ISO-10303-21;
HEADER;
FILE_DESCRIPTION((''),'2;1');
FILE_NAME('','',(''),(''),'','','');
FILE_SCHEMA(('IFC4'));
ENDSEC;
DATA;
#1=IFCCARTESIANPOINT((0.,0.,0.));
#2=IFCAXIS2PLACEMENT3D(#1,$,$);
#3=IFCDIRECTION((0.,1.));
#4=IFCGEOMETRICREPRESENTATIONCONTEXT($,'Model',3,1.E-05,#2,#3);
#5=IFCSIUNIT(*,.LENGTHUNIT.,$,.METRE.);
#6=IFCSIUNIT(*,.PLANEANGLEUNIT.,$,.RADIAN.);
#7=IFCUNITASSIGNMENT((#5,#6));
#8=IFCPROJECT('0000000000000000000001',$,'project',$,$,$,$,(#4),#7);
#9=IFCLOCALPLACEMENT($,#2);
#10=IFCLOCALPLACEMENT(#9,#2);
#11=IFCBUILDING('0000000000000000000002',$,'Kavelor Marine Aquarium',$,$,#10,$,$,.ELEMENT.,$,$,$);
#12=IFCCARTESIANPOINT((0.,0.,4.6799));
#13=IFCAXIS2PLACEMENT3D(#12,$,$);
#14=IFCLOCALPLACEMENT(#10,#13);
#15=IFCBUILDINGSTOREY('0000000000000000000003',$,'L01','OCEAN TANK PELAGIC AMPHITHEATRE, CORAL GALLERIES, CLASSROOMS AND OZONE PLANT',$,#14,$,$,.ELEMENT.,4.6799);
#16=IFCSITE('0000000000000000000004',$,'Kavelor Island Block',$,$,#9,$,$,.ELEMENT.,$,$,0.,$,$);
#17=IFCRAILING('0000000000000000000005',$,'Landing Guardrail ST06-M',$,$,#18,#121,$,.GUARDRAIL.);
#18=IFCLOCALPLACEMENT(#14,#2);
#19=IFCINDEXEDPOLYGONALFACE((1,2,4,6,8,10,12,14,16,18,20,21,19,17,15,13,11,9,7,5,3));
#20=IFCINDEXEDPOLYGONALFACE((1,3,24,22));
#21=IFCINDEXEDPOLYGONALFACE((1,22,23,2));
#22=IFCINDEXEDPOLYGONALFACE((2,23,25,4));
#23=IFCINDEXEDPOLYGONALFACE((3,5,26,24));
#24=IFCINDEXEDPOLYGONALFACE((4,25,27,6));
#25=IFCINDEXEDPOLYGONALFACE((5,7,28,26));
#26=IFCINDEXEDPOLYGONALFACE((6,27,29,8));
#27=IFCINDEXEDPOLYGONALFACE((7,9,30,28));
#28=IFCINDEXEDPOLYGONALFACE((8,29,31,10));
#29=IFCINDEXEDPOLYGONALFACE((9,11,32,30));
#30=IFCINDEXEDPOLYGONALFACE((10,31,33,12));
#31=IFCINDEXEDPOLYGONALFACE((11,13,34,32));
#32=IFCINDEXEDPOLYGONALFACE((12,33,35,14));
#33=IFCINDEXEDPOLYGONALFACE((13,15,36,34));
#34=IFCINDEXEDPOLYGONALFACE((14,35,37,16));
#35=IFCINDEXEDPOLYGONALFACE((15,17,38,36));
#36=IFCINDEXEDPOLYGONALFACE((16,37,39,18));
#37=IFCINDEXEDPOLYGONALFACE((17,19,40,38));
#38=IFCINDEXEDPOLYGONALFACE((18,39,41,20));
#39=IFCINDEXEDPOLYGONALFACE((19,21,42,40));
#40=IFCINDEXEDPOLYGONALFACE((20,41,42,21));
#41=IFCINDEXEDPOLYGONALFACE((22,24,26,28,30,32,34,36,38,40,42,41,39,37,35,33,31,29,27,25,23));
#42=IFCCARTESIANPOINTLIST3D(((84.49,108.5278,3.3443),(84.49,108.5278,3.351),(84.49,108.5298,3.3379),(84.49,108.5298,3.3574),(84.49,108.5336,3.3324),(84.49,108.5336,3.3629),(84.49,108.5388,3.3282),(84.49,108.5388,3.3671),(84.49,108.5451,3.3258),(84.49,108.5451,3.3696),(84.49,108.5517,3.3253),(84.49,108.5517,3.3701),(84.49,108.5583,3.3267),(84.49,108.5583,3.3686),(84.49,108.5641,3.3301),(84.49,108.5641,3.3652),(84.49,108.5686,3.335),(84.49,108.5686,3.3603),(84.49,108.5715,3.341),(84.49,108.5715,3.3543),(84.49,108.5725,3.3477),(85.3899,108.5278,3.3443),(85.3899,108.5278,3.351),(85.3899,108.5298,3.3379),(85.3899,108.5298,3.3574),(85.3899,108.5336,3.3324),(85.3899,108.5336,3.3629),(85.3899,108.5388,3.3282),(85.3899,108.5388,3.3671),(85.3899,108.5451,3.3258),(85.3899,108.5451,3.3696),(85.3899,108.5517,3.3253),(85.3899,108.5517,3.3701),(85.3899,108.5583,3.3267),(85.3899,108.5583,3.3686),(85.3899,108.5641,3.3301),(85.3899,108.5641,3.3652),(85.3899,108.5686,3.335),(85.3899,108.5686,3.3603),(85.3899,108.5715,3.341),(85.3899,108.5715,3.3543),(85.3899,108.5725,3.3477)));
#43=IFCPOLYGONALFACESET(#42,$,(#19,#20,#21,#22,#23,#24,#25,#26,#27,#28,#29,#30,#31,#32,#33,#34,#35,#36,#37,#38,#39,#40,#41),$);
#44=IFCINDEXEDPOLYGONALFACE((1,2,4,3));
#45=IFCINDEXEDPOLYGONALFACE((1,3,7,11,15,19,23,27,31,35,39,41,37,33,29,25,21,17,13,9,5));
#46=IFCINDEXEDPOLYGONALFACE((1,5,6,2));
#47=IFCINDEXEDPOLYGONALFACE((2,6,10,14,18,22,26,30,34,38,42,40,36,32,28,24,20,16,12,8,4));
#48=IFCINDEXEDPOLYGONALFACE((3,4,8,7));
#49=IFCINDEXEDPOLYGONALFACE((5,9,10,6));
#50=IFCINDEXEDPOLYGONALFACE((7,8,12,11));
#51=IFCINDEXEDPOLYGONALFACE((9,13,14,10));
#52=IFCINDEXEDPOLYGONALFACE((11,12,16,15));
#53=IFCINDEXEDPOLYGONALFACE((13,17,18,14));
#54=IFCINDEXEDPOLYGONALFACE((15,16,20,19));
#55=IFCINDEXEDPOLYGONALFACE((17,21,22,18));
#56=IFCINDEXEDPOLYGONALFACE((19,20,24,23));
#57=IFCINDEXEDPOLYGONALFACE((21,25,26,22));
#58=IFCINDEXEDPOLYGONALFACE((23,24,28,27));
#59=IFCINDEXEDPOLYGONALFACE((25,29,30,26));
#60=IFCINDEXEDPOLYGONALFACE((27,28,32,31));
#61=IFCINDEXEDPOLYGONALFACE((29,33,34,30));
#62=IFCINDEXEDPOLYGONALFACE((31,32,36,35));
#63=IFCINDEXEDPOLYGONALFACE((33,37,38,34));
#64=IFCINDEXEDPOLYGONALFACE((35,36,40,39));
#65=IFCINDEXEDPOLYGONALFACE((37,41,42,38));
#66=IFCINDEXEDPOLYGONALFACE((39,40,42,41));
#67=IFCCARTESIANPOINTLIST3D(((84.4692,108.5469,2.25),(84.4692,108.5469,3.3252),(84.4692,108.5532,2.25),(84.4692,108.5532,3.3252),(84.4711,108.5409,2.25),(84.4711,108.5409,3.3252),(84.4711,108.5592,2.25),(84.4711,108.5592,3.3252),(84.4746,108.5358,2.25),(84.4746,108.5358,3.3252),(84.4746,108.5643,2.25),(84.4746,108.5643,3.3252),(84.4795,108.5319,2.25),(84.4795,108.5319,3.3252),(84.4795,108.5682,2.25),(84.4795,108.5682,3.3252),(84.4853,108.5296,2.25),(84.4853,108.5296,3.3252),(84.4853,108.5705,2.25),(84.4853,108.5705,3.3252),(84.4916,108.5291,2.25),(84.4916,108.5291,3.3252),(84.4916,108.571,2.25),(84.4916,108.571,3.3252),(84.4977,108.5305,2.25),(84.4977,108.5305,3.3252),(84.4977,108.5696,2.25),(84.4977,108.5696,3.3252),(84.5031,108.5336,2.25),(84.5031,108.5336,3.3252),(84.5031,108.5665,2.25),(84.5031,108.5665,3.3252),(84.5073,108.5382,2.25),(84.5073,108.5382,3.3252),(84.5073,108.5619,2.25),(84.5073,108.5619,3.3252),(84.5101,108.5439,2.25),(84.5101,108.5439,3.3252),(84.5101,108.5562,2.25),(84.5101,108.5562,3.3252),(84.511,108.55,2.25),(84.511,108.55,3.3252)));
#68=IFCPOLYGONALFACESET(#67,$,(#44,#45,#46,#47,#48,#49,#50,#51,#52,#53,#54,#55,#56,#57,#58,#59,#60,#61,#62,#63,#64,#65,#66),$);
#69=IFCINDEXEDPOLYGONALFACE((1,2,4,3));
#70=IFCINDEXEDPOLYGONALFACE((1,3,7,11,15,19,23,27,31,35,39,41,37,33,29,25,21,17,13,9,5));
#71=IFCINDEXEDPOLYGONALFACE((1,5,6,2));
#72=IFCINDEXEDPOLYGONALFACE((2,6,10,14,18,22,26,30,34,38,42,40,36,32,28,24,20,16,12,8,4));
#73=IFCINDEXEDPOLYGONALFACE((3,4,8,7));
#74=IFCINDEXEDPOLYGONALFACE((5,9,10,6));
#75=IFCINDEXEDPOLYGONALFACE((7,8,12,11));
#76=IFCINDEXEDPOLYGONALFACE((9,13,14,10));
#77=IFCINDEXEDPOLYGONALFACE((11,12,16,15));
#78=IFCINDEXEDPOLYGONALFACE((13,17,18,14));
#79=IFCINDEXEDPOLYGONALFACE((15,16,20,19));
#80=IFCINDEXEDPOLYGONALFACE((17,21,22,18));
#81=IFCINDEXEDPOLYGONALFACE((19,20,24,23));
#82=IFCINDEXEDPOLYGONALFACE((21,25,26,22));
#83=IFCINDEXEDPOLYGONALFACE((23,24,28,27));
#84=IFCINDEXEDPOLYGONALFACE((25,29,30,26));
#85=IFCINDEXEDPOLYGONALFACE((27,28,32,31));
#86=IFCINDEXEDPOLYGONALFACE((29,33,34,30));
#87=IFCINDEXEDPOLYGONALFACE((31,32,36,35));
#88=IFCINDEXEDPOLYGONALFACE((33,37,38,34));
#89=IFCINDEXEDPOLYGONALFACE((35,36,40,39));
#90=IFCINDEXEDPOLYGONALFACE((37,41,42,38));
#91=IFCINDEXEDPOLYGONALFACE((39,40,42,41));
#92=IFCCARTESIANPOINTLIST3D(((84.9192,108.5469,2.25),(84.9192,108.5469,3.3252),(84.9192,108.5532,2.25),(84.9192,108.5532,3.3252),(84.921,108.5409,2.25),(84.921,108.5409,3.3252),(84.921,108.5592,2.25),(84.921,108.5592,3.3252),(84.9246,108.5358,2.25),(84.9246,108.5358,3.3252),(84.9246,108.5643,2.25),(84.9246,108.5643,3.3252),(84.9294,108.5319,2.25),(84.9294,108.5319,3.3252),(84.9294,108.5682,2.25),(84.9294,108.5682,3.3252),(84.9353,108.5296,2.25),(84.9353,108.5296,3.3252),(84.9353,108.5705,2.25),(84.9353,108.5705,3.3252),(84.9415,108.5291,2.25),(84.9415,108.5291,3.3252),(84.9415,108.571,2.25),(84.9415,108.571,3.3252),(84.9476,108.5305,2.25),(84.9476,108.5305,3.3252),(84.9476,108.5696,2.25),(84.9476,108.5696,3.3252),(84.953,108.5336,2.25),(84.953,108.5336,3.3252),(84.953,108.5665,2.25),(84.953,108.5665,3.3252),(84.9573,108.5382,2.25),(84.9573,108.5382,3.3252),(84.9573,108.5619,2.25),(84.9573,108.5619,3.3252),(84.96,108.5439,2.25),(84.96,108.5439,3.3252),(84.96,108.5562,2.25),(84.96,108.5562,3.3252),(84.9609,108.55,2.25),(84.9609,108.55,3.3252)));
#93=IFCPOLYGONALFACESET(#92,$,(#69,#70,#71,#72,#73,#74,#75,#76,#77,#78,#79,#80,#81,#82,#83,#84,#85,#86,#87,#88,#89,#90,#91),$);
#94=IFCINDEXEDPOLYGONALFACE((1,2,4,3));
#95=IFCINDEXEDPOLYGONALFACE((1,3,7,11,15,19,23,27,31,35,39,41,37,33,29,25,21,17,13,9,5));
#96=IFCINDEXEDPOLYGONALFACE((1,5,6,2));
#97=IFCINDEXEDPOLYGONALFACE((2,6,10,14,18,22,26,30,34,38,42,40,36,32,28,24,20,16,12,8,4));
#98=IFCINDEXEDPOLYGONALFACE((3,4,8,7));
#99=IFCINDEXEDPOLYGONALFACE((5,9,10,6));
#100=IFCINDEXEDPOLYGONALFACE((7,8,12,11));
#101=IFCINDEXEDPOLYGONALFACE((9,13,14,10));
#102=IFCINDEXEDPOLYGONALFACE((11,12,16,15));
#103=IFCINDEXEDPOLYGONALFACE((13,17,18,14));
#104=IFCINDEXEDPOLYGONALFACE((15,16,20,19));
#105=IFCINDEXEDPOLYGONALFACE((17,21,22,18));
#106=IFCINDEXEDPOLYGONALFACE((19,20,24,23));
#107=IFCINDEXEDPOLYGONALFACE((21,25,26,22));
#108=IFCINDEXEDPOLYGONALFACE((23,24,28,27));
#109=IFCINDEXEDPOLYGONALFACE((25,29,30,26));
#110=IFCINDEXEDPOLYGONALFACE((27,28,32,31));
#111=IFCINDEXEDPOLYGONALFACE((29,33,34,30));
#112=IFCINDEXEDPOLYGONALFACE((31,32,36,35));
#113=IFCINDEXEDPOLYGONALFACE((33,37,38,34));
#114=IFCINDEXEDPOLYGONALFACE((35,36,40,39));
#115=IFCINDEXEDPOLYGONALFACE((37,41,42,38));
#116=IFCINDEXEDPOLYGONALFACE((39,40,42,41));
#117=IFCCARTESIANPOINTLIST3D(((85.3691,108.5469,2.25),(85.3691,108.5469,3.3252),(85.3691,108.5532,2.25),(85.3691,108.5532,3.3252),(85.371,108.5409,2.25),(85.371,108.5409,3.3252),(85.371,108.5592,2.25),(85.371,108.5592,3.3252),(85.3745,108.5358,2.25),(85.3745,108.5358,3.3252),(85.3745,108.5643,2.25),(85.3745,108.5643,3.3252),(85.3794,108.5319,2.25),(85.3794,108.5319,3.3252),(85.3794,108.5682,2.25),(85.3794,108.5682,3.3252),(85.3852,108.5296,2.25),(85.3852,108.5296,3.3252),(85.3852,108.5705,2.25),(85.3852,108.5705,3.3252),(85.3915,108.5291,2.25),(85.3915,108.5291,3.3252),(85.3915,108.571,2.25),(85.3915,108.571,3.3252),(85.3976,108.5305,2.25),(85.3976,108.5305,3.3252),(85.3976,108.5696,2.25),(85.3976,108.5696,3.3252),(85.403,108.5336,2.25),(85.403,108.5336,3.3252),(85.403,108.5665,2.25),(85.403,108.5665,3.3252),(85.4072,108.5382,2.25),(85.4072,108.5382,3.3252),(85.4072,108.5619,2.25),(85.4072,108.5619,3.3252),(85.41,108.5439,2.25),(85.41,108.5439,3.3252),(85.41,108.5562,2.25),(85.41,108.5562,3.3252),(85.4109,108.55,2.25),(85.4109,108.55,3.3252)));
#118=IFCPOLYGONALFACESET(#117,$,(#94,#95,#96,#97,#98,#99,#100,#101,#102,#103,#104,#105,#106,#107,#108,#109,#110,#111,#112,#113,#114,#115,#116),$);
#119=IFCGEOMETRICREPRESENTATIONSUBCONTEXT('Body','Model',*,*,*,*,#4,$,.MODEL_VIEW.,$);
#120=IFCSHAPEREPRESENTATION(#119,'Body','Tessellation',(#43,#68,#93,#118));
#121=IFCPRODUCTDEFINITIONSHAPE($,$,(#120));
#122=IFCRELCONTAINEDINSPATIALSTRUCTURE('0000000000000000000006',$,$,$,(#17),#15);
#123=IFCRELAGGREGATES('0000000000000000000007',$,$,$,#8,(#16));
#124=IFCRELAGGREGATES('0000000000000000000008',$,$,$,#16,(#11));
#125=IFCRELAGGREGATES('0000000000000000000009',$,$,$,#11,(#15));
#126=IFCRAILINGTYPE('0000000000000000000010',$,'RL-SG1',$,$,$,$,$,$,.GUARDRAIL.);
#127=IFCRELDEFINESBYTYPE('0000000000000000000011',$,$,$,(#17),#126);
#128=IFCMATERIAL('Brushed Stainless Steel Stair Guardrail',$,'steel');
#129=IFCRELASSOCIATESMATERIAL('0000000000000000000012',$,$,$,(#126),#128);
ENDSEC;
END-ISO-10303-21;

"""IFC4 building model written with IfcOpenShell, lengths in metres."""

from ifc_helpers import new_model, si_unit, direction, frame, origin, origin_2d, place, context, subcontext, project, spatial, circle, extrude, material, type_object, element, save


model = new_model("IFC4")

# Units and contexts
model_context = context("Model", 3, precision=1e-05, world=origin(), true_north=direction((0.0, 1.0)))
body_context = subcontext(model_context, "Body", "Model", "MODEL_VIEW")
ifc_project = project(units=[si_unit("LENGTHUNIT", "METRE"), si_unit("PLANEANGLEUNIT", "RADIAN")], contexts=[model_context])

# Site, building, storey
site_placement = place(None, origin())
site = spatial("IfcSite", under=ifc_project, at=site_placement, Name="Kavelor Island Block", CompositionType="ELEMENT", RefElevation=0.0)
building_placement = place(site_placement, origin())
building = spatial("IfcBuilding", under=site, at=building_placement, Name="Kavelor Marine Aquarium", CompositionType="ELEMENT")
storey_placement = place(building_placement, frame((0.0, 0.0, 4.6799)))
storey = spatial("IfcBuildingStorey", under=building, at=storey_placement, Name="L01", Description="OCEAN TANK PELAGIC AMPHITHEATRE, CORAL GALLERIES, CLASSROOMS AND OZONE PLANT", CompositionType="ELEMENT", Elevation=4.6799)

# Railing
ifc_material_1 = material(Name="Brushed Stainless Steel Stair Guardrail", Category="steel")
railing_type_1 = type_object("IfcRailingType", Name="RL-SG1", PredefinedType="GUARDRAIL", material=ifc_material_1)
railing_1_placement = place(storey_placement, frame((84.49, 108.55, 2.25)))
element("IfcRailing", 1, at=railing_1_placement, inside=storey, type_object=railing_type_1, Name="Landing Guardrail ST06-M", PredefinedType="GUARDRAIL", context=body_context, shape_type="SweptSolid", body=[
    extrude(circle(Radius=0.0225, at=origin_2d()), frame((0.0, 0.0, 1.0977), z_axis=(1.0, 0.0, 0.0), x_axis=(0.0, 1.0, 0.0)), (0.0, 0.0, 1.0), 0.8999),
    extrude(circle(Radius=0.021, at=origin_2d()), origin(), (0.0, 0.0, 1.0), 1.0752),
    extrude(circle(Radius=0.021, at=origin_2d()), frame((0.45, 0.0, 0.0)), (0.0, 0.0, 1.0), 1.0752),
    extrude(circle(Radius=0.021, at=origin_2d()), frame((0.8999, 0.0, 0.0)), (0.0, 0.0, 1.0), 1.0752),
])

save(model, "model.ifc")
